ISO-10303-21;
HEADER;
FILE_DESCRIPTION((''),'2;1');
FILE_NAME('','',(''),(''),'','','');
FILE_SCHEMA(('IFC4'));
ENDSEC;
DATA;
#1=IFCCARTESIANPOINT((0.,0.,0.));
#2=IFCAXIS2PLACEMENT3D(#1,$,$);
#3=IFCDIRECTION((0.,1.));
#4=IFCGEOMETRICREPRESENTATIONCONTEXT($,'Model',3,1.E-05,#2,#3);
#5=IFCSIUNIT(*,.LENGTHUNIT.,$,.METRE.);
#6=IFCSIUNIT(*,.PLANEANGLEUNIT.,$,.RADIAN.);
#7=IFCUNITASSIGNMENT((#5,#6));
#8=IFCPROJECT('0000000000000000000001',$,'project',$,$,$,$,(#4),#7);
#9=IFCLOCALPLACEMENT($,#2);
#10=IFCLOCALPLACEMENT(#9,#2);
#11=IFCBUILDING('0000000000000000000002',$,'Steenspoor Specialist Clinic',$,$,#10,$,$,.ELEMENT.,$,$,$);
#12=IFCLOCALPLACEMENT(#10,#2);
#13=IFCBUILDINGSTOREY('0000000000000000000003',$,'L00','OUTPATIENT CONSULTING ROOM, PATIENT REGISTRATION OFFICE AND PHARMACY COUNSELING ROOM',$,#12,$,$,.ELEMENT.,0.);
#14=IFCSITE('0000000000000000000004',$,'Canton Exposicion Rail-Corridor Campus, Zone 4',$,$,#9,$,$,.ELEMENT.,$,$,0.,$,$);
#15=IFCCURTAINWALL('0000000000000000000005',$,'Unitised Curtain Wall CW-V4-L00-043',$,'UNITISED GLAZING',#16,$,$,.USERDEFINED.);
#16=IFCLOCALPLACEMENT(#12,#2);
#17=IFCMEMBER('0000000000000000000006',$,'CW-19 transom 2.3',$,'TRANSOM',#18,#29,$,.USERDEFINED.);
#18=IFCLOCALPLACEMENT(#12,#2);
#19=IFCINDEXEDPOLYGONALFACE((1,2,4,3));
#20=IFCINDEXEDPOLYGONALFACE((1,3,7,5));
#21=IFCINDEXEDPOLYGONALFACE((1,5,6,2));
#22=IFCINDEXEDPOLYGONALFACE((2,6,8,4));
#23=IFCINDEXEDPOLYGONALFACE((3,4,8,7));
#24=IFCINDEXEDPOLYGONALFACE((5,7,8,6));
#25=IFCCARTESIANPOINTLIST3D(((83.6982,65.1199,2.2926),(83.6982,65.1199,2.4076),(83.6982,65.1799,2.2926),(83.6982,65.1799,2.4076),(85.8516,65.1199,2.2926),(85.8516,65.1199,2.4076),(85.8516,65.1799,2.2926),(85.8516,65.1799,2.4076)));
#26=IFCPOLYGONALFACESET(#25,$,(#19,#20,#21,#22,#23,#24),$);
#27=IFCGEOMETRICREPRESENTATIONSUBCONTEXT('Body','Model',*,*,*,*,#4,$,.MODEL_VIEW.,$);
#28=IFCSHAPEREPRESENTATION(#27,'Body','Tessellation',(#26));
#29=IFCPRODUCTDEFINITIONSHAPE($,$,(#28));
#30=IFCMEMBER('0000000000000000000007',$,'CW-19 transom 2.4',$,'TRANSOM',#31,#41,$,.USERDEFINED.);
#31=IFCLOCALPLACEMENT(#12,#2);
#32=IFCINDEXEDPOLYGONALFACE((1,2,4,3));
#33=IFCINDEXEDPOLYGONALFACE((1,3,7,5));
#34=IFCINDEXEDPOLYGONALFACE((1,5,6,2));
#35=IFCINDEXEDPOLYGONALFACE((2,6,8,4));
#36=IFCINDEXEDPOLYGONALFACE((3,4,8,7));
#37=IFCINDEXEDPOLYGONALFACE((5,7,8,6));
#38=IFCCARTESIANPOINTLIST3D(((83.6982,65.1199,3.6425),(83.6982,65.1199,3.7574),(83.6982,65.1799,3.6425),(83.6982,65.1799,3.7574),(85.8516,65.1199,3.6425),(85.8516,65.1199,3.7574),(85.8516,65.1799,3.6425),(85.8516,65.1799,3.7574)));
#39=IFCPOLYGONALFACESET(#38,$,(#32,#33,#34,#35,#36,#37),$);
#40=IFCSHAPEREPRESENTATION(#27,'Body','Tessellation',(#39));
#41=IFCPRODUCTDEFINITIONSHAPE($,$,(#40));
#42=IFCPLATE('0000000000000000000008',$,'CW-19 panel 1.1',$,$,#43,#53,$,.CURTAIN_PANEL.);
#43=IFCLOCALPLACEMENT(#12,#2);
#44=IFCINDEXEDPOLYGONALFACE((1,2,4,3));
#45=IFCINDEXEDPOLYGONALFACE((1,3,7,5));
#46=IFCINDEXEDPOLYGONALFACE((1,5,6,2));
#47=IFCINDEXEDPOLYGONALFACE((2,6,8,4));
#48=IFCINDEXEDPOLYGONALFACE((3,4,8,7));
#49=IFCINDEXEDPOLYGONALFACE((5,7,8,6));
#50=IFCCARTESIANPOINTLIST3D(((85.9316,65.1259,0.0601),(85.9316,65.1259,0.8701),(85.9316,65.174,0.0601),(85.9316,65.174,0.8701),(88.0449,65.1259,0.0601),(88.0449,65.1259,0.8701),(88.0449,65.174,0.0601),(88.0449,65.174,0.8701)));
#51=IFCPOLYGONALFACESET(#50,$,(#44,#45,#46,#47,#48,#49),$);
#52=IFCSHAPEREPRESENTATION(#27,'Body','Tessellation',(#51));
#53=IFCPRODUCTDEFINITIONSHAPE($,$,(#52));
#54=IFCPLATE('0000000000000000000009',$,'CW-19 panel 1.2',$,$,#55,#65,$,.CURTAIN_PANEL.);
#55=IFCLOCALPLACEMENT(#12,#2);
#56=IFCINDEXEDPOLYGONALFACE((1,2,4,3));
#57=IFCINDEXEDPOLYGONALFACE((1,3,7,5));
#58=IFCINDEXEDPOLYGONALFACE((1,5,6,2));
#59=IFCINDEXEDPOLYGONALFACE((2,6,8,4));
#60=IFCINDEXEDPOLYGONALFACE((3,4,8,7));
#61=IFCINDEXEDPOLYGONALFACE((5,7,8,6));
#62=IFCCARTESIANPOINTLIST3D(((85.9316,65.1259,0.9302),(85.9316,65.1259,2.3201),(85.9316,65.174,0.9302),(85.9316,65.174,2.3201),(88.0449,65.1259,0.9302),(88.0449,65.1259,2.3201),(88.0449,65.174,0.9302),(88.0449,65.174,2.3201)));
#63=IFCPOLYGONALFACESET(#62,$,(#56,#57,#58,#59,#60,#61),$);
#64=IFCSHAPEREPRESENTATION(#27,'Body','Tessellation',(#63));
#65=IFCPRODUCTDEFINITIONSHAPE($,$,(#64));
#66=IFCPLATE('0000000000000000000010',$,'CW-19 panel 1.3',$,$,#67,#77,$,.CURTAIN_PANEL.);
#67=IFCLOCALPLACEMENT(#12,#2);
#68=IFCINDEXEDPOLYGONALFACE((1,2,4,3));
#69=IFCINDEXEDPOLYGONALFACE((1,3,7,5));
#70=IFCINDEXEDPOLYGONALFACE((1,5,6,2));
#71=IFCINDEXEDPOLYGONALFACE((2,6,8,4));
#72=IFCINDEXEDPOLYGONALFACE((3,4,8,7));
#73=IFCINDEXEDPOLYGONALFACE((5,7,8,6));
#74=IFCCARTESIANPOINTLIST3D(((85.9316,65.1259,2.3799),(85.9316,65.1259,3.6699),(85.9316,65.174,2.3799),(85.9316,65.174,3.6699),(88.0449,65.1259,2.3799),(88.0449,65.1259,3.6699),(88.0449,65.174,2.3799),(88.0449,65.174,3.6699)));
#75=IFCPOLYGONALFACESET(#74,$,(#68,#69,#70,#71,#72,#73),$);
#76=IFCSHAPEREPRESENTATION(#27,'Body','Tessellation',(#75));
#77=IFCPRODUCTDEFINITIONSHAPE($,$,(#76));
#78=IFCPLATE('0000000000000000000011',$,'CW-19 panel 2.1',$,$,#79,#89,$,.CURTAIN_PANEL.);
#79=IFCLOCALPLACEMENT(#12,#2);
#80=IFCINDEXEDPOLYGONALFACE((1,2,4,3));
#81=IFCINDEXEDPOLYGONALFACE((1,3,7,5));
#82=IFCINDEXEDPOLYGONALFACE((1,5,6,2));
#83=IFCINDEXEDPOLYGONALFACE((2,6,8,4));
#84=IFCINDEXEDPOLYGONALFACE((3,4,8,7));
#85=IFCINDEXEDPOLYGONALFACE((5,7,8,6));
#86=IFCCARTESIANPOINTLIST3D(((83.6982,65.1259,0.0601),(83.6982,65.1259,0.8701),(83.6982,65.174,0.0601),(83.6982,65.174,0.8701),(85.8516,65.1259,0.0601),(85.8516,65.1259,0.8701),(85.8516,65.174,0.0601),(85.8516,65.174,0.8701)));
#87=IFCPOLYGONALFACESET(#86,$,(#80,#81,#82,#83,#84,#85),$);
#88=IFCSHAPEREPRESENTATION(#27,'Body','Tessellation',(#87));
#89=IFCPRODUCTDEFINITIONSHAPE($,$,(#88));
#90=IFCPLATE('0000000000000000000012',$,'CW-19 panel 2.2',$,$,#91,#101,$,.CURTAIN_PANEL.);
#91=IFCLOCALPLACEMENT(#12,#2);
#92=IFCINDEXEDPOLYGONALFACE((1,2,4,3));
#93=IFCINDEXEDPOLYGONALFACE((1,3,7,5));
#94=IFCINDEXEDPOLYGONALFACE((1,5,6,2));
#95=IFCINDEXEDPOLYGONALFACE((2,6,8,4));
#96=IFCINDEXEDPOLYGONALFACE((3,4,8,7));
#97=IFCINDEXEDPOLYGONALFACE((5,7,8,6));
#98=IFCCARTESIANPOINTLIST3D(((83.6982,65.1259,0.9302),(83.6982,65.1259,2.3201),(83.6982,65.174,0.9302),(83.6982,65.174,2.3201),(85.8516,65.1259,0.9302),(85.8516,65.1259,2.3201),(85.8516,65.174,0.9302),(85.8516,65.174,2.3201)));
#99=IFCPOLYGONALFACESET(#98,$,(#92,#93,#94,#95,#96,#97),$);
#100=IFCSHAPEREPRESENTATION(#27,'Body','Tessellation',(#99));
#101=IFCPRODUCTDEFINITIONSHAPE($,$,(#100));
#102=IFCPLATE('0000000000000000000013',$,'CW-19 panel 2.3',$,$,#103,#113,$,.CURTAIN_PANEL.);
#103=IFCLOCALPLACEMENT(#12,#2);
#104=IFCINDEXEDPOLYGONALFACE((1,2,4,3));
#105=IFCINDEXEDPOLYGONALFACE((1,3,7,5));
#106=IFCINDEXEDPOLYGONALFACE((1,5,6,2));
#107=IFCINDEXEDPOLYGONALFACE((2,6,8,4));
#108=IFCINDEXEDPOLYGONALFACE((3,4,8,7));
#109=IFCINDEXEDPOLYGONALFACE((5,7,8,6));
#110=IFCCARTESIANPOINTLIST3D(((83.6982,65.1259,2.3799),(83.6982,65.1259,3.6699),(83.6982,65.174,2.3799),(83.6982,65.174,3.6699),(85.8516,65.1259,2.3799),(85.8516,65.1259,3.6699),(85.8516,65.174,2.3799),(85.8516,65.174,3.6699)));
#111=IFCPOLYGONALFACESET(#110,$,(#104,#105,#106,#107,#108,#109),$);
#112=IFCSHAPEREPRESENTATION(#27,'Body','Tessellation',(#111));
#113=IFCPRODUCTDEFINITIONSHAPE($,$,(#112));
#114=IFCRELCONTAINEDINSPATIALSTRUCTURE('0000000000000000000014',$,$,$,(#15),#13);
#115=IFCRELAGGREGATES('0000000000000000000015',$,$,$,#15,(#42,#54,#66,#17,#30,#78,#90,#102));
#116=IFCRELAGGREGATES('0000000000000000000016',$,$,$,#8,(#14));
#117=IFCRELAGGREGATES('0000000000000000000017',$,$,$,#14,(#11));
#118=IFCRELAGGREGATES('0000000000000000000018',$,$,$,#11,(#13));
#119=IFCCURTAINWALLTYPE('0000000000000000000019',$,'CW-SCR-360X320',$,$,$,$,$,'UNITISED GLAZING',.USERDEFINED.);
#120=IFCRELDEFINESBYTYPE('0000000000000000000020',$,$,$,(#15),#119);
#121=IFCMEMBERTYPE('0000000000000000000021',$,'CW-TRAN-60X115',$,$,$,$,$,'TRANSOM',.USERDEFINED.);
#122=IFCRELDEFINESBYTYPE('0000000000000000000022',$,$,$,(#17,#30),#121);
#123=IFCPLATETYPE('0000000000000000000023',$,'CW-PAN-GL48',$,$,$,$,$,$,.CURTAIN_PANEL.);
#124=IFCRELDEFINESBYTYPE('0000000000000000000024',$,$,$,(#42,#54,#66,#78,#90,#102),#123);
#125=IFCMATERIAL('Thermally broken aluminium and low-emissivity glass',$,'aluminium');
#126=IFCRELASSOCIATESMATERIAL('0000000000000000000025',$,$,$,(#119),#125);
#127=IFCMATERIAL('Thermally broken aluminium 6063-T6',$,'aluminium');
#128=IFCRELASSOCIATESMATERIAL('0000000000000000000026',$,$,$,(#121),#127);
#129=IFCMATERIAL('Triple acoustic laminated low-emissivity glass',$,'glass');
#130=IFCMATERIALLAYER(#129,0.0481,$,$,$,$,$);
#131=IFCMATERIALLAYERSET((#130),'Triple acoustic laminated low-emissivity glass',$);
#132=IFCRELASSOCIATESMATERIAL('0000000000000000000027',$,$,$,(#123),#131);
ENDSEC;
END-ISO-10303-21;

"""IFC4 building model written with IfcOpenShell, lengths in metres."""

from ifc_helpers import new_model, si_unit, direction, frame, origin, origin_2d, place, context, subcontext, project, spatial, rectangle, extrude, material, layer, layer_set, material_profile, profile_set, type_object, element, aggregate, save


model = new_model("IFC4")

# Units and contexts
model_context = context("Model", 3, precision=1e-05, world=origin(), true_north=direction((0.0, 1.0)))
body_context = subcontext(model_context, "Body", "Model", "MODEL_VIEW")
ifc_project = project(units=[si_unit("LENGTHUNIT", "METRE"), si_unit("PLANEANGLEUNIT", "RADIAN")], contexts=[model_context])

# Site, building, storey
site_placement = place(None, origin())
site = spatial("IfcSite", under=ifc_project, at=site_placement, Name="Canton Exposicion Rail-Corridor Campus, Zone 4", CompositionType="ELEMENT", RefElevation=0.0)
building_placement = place(site_placement, origin())
building = spatial("IfcBuilding", under=site, at=building_placement, Name="Steenspoor Specialist Clinic", CompositionType="ELEMENT")
storey_placement = place(building_placement, origin())
storey = spatial("IfcBuildingStorey", under=building, at=storey_placement, Name="L00", Description="OUTPATIENT CONSULTING ROOM, PATIENT REGISTRATION OFFICE AND PHARMACY COUNSELING ROOM", CompositionType="ELEMENT", Elevation=0.0)

# Curtain wall, members, plates
ifc_material_1 = material(Name="Thermally broken aluminium and low-emissivity glass", Category="aluminium")
curtain_wall_type = type_object("IfcCurtainWallType", Name="CW-SCR-360X320", ElementType="UNITISED GLAZING", PredefinedType="USERDEFINED", material=ifc_material_1)
curtain_wall_placement = place(storey_placement, origin())
curtain_wall = element("IfcCurtainWall", 1, at=curtain_wall_placement, inside=storey, type_object=curtain_wall_type, Name="Unitised Curtain Wall CW-V4-L00-043", ObjectType="UNITISED GLAZING", PredefinedType="USERDEFINED")
ifc_material_2 = material(Name="Thermally broken aluminium 6063-T6", Category="aluminium")
ifc_material_profile_1 = material_profile(ifc_material_2, rectangle(XDim=0.0601, YDim=0.115, at=origin_2d()), Name="CWT-60X115")
ifc_profile_set_1 = profile_set([ifc_material_profile_1], Name="Thermally broken aluminium 6063-T6")
member_type_1 = type_object("IfcMemberType", Name="CW-TRAN-60X115", ElementType="TRANSOM", PredefinedType="USERDEFINED", material=ifc_profile_set_1)
member_1_placement = place(storey_placement, frame((85.8516, 65.1499, 2.3501), z_axis=(-1.0, 0.0, 0.0), x_axis=(0.0, -1.0, 0.0)))
member_1 = element("IfcMember", 2, at=member_1_placement, type_object=member_type_1, Name="CW-19 transom 2.3", ObjectType="TRANSOM", PredefinedType="USERDEFINED", context=body_context, shape_type="SweptSolid", body=[
    extrude(rectangle(XDim=0.0601, YDim=0.115, at=origin_2d()), origin(), (0.0, 0.0, 1.0), 2.1533),
])
member_2_placement = place(storey_placement, frame((85.8516, 65.1499, 3.7), z_axis=(-1.0, 0.0, 0.0), x_axis=(0.0, -1.0, 0.0)))
member_2 = element("IfcMember", 3, at=member_2_placement, type_object=member_type_1, Name="CW-19 transom 2.4", ObjectType="TRANSOM", PredefinedType="USERDEFINED", context=body_context, shape_type="SweptSolid", body=[
    extrude(rectangle(XDim=0.0601, YDim=0.115, at=origin_2d()), origin(), (0.0, 0.0, 1.0), 2.1533),
])
ifc_material_3 = material(Name="Triple acoustic laminated low-emissivity glass", Category="glass")
ifc_layer = layer(ifc_material_3, 0.0481)
ifc_layer_set = layer_set([ifc_layer], Name="Triple acoustic laminated low-emissivity glass")
plate_type = type_object("IfcPlateType", Name="CW-PAN-GL48", PredefinedType="CURTAIN_PANEL", material=ifc_layer_set)
plate_1_placement = place(storey_placement, frame((86.9883, 65.1499, 0.0601), z_axis=(0.0, 0.0, 1.0), x_axis=(-1.0, 0.0, 0.0)))
plate_1 = element("IfcPlate", 4, at=plate_1_placement, type_object=plate_type, Name="CW-19 panel 1.1", PredefinedType="CURTAIN_PANEL", context=body_context, shape_type="SweptSolid", body=[
    extrude(rectangle(XDim=2.1133, YDim=0.0481, at=origin_2d()), origin(), (0.0, 0.0, 1.0), 0.8101),
])
plate_2_placement = place(storey_placement, frame((86.9883, 65.1499, 0.9302), z_axis=(0.0, 0.0, 1.0), x_axis=(-1.0, 0.0, 0.0)))
plate_2 = element("IfcPlate", 5, at=plate_2_placement, type_object=plate_type, Name="CW-19 panel 1.2", PredefinedType="CURTAIN_PANEL", context=body_context, shape_type="SweptSolid", body=[
    extrude(rectangle(XDim=2.1133, YDim=0.0481, at=origin_2d()), origin(), (0.0, 0.0, 1.0), 1.3899),
])
plate_3_placement = place(storey_placement, frame((86.9883, 65.1499, 2.3799), z_axis=(0.0, 0.0, 1.0), x_axis=(-1.0, 0.0, 0.0)))
plate_3 = element("IfcPlate", 6, at=plate_3_placement, type_object=plate_type, Name="CW-19 panel 1.3", PredefinedType="CURTAIN_PANEL", context=body_context, shape_type="SweptSolid", body=[
    extrude(rectangle(XDim=2.1133, YDim=0.0481, at=origin_2d()), origin(), (0.0, 0.0, 1.0), 1.29),
])
plate_4_placement = place(storey_placement, frame((84.7749, 65.1499, 0.0601), z_axis=(0.0, 0.0, 1.0), x_axis=(-1.0, 0.0, 0.0)))
plate_4 = element("IfcPlate", 7, at=plate_4_placement, type_object=plate_type, Name="CW-19 panel 2.1", PredefinedType="CURTAIN_PANEL", context=body_context, shape_type="SweptSolid", body=[
    extrude(rectangle(XDim=2.1533, YDim=0.0481, at=origin_2d()), origin(), (0.0, 0.0, 1.0), 0.8101),
])
plate_5_placement = place(storey_placement, frame((84.7749, 65.1499, 0.9302), z_axis=(0.0, 0.0, 1.0), x_axis=(-1.0, 0.0, 0.0)))
plate_5 = element("IfcPlate", 8, at=plate_5_placement, type_object=plate_type, Name="CW-19 panel 2.2", PredefinedType="CURTAIN_PANEL", context=body_context, shape_type="SweptSolid", body=[
    extrude(rectangle(XDim=2.1533, YDim=0.0481, at=origin_2d()), origin(), (0.0, 0.0, 1.0), 1.3899),
])
plate_6_placement = place(storey_placement, frame((84.7749, 65.1499, 2.3799), z_axis=(0.0, 0.0, 1.0), x_axis=(-1.0, 0.0, 0.0)))
plate_6 = element("IfcPlate", 9, at=plate_6_placement, type_object=plate_type, Name="CW-19 panel 2.3", PredefinedType="CURTAIN_PANEL", context=body_context, shape_type="SweptSolid", body=[
    extrude(rectangle(XDim=2.1533, YDim=0.0481, at=origin_2d()), origin(), (0.0, 0.0, 1.0), 1.29),
])
aggregate(curtain_wall, [plate_1, plate_2, plate_3, member_1, member_2, plate_4, plate_5, plate_6])

save(model, "model.ifc")
